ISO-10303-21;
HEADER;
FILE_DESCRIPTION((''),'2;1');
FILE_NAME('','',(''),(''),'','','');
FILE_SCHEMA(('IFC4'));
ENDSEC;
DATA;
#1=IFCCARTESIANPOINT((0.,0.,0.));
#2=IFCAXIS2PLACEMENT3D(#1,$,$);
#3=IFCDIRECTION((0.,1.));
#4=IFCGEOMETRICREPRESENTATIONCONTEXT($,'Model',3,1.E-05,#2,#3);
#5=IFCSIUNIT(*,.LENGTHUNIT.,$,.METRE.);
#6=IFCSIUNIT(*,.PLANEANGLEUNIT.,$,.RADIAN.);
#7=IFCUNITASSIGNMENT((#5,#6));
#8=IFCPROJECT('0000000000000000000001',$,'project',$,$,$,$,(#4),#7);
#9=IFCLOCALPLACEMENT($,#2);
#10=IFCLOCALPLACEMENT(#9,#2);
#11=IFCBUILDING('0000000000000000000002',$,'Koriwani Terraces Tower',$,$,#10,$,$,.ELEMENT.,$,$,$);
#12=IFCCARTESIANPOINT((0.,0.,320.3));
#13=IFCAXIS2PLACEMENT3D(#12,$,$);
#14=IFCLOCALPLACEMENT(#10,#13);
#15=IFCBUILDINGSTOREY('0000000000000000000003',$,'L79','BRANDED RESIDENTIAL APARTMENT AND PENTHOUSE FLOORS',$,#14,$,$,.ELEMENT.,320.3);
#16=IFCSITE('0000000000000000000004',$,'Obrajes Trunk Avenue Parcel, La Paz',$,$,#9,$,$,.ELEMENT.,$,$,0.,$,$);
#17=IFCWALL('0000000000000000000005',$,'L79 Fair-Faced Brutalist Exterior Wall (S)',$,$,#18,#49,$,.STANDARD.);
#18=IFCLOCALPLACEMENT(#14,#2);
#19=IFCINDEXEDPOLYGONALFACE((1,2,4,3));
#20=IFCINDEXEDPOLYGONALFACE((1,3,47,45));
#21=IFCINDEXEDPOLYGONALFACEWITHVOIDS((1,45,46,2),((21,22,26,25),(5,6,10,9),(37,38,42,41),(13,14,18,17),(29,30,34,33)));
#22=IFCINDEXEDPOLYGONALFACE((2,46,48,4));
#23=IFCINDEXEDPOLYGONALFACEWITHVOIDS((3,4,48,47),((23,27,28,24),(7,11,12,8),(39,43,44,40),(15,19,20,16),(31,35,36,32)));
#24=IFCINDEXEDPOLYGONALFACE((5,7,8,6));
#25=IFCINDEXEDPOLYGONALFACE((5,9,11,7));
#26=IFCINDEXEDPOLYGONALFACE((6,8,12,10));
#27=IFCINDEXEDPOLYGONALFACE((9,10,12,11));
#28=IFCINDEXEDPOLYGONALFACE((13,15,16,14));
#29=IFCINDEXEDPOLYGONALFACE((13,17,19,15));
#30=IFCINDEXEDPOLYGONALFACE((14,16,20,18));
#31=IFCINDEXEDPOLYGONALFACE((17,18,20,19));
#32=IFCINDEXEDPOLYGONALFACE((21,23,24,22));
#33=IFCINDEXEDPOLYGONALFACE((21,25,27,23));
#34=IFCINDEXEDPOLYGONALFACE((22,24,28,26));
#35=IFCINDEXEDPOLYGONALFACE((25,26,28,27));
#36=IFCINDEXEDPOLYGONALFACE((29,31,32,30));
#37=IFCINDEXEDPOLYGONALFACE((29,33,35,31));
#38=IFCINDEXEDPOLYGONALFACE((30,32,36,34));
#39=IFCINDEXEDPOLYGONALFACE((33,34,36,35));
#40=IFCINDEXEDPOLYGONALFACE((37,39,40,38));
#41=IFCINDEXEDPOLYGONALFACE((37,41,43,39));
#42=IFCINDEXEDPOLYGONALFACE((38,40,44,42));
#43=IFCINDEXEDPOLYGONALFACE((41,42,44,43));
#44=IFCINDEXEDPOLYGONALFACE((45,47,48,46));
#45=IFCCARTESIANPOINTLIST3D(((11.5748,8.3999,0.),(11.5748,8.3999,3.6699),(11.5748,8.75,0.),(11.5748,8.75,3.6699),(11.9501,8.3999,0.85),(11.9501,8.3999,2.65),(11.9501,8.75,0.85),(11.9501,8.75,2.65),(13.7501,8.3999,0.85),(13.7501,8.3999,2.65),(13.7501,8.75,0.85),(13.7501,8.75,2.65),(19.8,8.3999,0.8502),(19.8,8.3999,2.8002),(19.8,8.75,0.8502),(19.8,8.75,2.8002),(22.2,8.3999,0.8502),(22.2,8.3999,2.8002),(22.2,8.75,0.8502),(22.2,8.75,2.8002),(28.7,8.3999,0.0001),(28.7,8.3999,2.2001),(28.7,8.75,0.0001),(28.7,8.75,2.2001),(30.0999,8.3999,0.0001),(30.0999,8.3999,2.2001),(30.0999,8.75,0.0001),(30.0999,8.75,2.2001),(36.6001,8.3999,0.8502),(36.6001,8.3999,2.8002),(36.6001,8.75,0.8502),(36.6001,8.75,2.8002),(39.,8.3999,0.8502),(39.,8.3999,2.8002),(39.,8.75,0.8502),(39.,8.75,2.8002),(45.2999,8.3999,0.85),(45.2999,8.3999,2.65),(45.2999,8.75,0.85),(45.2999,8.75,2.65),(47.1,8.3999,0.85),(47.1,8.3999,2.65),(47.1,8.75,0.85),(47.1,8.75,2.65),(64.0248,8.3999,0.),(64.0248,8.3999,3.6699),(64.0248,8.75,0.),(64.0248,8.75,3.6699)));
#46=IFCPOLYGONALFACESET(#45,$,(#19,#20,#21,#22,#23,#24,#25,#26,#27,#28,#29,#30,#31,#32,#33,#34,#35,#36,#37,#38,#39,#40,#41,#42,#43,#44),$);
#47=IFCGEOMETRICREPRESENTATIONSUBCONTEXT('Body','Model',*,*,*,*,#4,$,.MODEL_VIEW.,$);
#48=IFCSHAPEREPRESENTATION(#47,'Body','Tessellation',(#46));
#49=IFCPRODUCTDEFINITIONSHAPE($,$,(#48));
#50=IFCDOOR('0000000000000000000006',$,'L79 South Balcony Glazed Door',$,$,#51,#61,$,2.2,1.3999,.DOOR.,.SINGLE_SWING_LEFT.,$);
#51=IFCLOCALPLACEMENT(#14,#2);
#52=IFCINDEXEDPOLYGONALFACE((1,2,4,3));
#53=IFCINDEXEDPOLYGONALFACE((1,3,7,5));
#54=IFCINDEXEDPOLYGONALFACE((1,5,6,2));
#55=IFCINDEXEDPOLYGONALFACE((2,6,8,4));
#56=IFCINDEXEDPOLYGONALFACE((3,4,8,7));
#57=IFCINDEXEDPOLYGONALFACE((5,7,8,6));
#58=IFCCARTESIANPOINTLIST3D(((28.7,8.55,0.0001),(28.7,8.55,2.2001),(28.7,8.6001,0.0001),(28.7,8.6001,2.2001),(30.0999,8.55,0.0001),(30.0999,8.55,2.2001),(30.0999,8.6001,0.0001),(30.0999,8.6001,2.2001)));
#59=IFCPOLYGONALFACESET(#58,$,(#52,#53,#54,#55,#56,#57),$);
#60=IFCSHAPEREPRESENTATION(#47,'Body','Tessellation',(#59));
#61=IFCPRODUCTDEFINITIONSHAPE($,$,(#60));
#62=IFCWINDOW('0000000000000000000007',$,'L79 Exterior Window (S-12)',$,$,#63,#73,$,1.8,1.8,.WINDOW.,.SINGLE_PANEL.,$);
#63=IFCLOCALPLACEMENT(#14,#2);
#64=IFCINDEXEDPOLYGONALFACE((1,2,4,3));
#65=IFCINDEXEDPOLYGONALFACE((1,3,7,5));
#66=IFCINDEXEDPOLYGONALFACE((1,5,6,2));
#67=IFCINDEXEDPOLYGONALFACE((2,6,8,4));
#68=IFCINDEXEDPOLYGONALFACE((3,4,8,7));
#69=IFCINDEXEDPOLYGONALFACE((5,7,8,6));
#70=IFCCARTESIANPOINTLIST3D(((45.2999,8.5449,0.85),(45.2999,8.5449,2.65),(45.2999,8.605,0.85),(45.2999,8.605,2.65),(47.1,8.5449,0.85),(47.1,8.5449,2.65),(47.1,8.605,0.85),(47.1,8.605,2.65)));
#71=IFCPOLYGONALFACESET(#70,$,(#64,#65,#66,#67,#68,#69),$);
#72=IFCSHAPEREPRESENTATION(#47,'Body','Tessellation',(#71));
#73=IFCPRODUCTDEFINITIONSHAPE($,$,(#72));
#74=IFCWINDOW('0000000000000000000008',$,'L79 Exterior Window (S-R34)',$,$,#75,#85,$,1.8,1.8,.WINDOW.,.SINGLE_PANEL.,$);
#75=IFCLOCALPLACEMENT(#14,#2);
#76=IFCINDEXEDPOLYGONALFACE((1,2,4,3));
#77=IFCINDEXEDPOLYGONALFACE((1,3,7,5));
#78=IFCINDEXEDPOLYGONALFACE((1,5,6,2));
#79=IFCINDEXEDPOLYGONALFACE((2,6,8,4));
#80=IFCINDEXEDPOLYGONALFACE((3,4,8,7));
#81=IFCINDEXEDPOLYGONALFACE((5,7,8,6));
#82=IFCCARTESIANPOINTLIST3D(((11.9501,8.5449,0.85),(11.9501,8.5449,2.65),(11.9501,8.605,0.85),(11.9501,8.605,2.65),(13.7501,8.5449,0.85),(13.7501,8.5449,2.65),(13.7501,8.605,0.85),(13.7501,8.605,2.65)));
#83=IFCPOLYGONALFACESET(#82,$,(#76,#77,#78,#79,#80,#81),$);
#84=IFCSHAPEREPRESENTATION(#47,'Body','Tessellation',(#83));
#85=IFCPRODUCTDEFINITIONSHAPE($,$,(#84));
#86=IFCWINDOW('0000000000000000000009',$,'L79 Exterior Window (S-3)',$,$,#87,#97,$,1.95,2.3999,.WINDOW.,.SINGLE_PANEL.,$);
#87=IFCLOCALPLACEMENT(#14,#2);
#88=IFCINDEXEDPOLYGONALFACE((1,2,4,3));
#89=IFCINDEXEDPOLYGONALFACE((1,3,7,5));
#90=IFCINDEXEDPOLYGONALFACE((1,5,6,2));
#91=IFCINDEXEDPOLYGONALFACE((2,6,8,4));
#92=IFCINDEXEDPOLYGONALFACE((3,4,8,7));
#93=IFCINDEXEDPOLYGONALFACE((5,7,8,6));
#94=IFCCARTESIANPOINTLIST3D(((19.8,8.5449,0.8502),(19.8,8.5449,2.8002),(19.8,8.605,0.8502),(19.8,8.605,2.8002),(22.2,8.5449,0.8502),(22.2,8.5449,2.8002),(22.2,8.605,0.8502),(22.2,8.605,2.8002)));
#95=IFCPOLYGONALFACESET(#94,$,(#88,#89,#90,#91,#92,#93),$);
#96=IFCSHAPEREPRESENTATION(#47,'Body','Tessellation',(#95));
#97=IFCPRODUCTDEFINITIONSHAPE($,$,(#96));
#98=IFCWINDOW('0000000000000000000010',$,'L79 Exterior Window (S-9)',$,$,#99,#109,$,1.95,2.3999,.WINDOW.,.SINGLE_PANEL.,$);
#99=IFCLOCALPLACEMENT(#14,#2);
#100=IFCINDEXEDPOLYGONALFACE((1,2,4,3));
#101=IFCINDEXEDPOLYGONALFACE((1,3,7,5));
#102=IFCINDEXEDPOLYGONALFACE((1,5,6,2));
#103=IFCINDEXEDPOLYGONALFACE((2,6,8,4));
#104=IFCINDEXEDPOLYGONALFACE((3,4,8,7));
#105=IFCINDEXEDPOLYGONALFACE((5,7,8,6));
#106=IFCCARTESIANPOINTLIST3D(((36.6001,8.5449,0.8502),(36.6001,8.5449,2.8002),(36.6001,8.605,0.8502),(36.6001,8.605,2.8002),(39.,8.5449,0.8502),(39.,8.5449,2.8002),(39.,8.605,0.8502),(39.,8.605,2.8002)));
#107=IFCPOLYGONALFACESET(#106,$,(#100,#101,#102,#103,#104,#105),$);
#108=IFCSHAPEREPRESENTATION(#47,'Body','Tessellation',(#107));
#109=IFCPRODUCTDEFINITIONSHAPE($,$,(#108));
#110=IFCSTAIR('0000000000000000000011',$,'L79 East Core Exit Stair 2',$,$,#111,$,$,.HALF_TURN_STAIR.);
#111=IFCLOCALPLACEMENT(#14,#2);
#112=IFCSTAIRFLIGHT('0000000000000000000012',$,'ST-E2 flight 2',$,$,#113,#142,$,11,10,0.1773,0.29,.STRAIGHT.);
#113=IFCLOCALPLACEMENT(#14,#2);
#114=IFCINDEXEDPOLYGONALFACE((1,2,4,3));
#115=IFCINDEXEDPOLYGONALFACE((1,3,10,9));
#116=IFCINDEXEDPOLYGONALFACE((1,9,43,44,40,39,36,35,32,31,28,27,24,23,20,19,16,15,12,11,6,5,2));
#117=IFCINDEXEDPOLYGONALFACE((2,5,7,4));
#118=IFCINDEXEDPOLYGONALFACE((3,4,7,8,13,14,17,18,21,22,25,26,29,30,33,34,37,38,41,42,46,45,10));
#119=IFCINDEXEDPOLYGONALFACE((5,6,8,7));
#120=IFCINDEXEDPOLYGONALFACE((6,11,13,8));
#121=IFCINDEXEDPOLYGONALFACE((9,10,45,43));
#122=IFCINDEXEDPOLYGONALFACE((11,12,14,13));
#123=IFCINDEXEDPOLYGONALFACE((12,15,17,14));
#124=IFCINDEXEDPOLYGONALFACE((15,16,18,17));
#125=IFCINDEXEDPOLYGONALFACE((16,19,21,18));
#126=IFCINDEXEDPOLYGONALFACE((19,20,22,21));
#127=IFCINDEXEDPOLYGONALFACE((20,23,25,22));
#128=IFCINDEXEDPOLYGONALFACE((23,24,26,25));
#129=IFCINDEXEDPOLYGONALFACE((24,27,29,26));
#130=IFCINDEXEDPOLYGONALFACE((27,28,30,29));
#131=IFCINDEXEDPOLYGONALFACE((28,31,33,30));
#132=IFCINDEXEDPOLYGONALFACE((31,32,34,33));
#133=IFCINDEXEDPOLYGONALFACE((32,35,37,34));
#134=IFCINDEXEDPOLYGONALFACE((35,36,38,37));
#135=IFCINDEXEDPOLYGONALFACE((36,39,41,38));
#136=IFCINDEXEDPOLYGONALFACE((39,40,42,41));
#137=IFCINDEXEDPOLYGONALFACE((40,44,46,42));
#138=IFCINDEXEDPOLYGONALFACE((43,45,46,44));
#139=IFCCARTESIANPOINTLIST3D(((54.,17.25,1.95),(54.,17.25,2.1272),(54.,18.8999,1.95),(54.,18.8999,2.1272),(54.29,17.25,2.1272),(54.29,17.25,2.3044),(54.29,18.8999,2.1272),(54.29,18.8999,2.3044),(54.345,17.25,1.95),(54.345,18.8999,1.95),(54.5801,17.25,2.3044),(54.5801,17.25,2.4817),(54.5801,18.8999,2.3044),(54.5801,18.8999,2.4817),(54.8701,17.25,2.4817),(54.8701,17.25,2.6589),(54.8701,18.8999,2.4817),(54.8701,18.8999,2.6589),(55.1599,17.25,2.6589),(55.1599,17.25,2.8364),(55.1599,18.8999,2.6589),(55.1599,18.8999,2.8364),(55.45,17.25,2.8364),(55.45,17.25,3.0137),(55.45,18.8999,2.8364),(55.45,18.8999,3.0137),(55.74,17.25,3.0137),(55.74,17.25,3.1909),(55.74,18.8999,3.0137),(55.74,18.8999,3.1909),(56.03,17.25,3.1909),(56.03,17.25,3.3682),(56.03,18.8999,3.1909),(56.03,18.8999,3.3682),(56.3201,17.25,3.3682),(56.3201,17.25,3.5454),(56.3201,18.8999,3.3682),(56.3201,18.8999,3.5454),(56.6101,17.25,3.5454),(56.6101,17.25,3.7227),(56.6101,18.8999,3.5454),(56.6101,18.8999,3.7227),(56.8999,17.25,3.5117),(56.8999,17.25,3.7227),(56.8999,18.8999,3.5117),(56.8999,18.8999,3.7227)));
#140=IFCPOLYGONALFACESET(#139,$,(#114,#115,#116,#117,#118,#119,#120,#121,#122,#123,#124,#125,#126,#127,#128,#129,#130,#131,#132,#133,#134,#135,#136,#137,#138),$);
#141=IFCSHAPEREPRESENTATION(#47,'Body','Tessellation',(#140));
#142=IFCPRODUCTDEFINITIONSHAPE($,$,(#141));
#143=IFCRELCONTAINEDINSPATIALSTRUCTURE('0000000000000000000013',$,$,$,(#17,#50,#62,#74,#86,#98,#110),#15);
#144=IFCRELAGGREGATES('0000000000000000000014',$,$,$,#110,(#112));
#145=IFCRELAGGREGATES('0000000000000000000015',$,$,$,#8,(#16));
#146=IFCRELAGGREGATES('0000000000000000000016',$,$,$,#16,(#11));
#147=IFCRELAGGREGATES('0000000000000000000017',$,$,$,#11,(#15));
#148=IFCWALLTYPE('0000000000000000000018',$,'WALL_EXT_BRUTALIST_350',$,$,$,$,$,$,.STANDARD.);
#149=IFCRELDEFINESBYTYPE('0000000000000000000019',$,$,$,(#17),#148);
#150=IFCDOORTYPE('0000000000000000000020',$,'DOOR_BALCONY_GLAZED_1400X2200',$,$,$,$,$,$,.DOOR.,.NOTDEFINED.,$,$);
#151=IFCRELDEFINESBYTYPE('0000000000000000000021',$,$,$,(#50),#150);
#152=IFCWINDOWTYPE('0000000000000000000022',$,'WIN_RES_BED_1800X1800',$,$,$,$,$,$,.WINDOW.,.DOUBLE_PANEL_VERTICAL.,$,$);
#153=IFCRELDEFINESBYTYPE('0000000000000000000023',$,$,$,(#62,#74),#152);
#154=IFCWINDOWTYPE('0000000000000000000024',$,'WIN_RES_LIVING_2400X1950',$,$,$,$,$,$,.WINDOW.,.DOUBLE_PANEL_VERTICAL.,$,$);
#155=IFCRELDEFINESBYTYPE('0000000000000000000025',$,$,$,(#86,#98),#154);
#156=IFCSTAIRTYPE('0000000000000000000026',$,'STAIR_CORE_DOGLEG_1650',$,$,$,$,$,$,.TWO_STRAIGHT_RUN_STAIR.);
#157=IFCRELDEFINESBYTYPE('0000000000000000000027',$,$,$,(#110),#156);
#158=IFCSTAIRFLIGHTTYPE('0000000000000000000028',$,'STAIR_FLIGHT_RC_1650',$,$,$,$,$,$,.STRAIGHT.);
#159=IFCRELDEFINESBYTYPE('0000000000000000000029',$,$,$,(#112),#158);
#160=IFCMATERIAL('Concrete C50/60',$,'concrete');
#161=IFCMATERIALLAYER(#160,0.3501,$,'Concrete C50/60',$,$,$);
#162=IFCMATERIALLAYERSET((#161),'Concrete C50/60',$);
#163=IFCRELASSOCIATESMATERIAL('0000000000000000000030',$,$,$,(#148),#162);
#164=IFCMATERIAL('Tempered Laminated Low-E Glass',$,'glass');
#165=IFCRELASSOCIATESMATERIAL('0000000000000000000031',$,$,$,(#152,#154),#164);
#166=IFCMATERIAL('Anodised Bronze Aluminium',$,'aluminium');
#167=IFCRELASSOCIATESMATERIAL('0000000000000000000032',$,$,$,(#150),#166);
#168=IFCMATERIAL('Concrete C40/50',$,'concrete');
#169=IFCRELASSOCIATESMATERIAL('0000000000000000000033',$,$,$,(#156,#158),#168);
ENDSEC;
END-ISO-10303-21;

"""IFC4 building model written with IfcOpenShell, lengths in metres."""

from ifc_helpers import new_model, si_unit, direction, frame, frame_2d, origin, place, context, subcontext, project, spatial, polyline, rectangle, outline, extrude, material, layer, layer_set, type_object, element, fill, aggregate, save


model = new_model("IFC4")

# Units and contexts
model_context = context("Model", 3, precision=1e-05, world=origin(), true_north=direction((0.0, 1.0)))
body_context = subcontext(model_context, "Body", "Model", "MODEL_VIEW")
ifc_project = project(units=[si_unit("LENGTHUNIT", "METRE"), si_unit("PLANEANGLEUNIT", "RADIAN")], contexts=[model_context])

# Site, building, storey
site_placement = place(None, origin())
site = spatial("IfcSite", under=ifc_project, at=site_placement, Name="Obrajes Trunk Avenue Parcel, La Paz", CompositionType="ELEMENT", RefElevation=0.0)
building_placement = place(site_placement, origin())
building = spatial("IfcBuilding", under=site, at=building_placement, Name="Koriwani Terraces Tower", CompositionType="ELEMENT")
storey_placement = place(building_placement, frame((0.0, 0.0, 320.3)))
storey = spatial("IfcBuildingStorey", under=building, at=storey_placement, Name="L79", Description="BRANDED RESIDENTIAL APARTMENT AND PENTHOUSE FLOORS", CompositionType="ELEMENT", Elevation=320.3)

# Shared definitions
ifc_material_1 = material(Name="Concrete C50/60", Category="concrete")

# Shared definitions
ifc_material_2 = material(Name="Concrete C40/50", Category="concrete")

# Shared definitions
ifc_layer_1 = layer(ifc_material_1, 0.3501, Name="Concrete C50/60")
ifc_layer_set_1 = layer_set([ifc_layer_1], Name="Concrete C50/60")
wall_type_1 = type_object("IfcWallType", Name="WALL_EXT_BRUTALIST_350", PredefinedType="STANDARD", material=ifc_layer_set_1)
ifc_material_3 = material(Name="Tempered Laminated Low-E Glass", Category="glass")
window_type_1 = type_object("IfcWindowType", Name="WIN_RES_BED_1800X1800", PartitioningType="DOUBLE_PANEL_VERTICAL", PredefinedType="WINDOW", material=ifc_material_3)

# Wall, openings, door, windows
wall_1_placement = place(storey_placement, frame((64.0249, 8.575, 0.0), z_axis=(0.0, 0.0, 1.0), x_axis=(-1.0, 0.0, 0.0)))
wall_1 = element("IfcWall", 1, at=wall_1_placement, inside=storey, type_object=wall_type_1, Name="L79 Fair-Faced Brutalist Exterior Wall (S)", PredefinedType="STANDARD", context=body_context, shape_type="SweptSolid", body=[
    extrude(rectangle(XDim=52.45, YDim=0.3501, at=frame_2d((26.2251, 0.0))), origin(), (0.0, 0.0, 1.0), 3.6699),
])
opening_1_placement = place(wall_1_placement, frame((33.925, 0.0, 0.0)))
opening_1 = element("IfcOpeningElement", 2, at=opening_1_placement, cuts=wall_1, PredefinedType="OPENING", context=body_context, shape_type="SweptSolid", body=[
    extrude(rectangle(XDim=1.3999, YDim=2.2, at=frame_2d((0.7, 1.1001))), frame((0.0, 0.1851, 0.0), z_axis=(0.0, -1.0, 0.0), x_axis=(1.0, 0.0, 0.0)), (0.0, 0.0, 1.0), 0.3701),
])
opening_2_placement = place(wall_1_placement, frame((41.825, 0.0, 0.8501)))
opening_2 = element("IfcOpeningElement", 3, at=opening_2_placement, cuts=wall_1, PredefinedType="OPENING", context=body_context, shape_type="SweptSolid", body=[
    extrude(rectangle(XDim=2.3999, YDim=1.95, at=frame_2d((1.2, 0.9751))), frame((0.0, 0.1851, 0.0), z_axis=(0.0, -1.0, 0.0), x_axis=(1.0, 0.0, 0.0)), (0.0, 0.0, 1.0), 0.3701),
])
opening_3_placement = place(wall_1_placement, frame((25.0249, 0.0, 0.8501)))
opening_3 = element("IfcOpeningElement", 4, at=opening_3_placement, cuts=wall_1, PredefinedType="OPENING", context=body_context, shape_type="SweptSolid", body=[
    extrude(rectangle(XDim=2.3999, YDim=1.95, at=frame_2d((1.2, 0.9751))), frame((0.0, 0.1851, 0.0), z_axis=(0.0, -1.0, 0.0), x_axis=(1.0, 0.0, 0.0)), (0.0, 0.0, 1.0), 0.3701),
])
opening_4_placement = place(wall_1_placement, frame((16.925, 0.0, 0.8501)))
opening_4 = element("IfcOpeningElement", 5, at=opening_4_placement, cuts=wall_1, PredefinedType="OPENING", context=body_context, shape_type="SweptSolid", body=[
    extrude(rectangle(XDim=1.8, YDim=1.8, at=frame_2d((0.8999, 0.8999))), frame((0.0, 0.1851, 0.0), z_axis=(0.0, -1.0, 0.0), x_axis=(1.0, 0.0, 0.0)), (0.0, 0.0, 1.0), 0.3701),
])
opening_5_placement = place(wall_1_placement, frame((50.2749, 0.0, 0.8501)))
opening_5 = element("IfcOpeningElement", 6, at=opening_5_placement, cuts=wall_1, PredefinedType="OPENING", context=body_context, shape_type="SweptSolid", body=[
    extrude(rectangle(XDim=1.8, YDim=1.8, at=frame_2d((0.8999, 0.8999))), frame((0.0, 0.1851, 0.0), z_axis=(0.0, -1.0, 0.0), x_axis=(1.0, 0.0, 0.0)), (0.0, 0.0, 1.0), 0.3701),
])
ifc_material_4 = material(Name="Anodised Bronze Aluminium", Category="aluminium")
door_type_1 = type_object("IfcDoorType", Name="DOOR_BALCONY_GLAZED_1400X2200", OperationType="NOTDEFINED", PredefinedType="DOOR", material=ifc_material_4)
door_1_placement = place(opening_1_placement, origin())
door_1 = element("IfcDoor", 7, at=door_1_placement, inside=storey, type_object=door_type_1, Name="L79 South Balcony Glazed Door", OperationType="SINGLE_SWING_LEFT", OverallHeight=2.2, OverallWidth=1.3999, PredefinedType="DOOR", context=body_context, shape_type="SweptSolid", body=[
    extrude(rectangle(XDim=1.3999, YDim=2.2, at=frame_2d((0.7, 1.1001))), frame((0.0, 0.0249, 0.0), z_axis=(0.0, -1.0, 0.0), x_axis=(1.0, 0.0, 0.0)), (0.0, 0.0, 1.0), 0.05),
])
fill(opening_1, door_1)
window_1_placement = place(opening_4_placement, origin())
window_1 = element("IfcWindow", 8, at=window_1_placement, inside=storey, type_object=window_type_1, Name="L79 Exterior Window (S-12)", OverallHeight=1.8, OverallWidth=1.8, PartitioningType="SINGLE_PANEL", PredefinedType="WINDOW", context=body_context, shape_type="SweptSolid", body=[
    extrude(rectangle(XDim=1.8, YDim=1.8, at=frame_2d((0.8999, 0.8999))), frame((0.0, 0.03, 0.0), z_axis=(0.0, -1.0, 0.0), x_axis=(1.0, 0.0, 0.0)), (0.0, 0.0, 1.0), 0.0601),
])
fill(opening_4, window_1)
window_2_placement = place(opening_5_placement, origin())
window_2 = element("IfcWindow", 9, at=window_2_placement, inside=storey, type_object=window_type_1, Name="L79 Exterior Window (S-R34)", OverallHeight=1.8, OverallWidth=1.8, PartitioningType="SINGLE_PANEL", PredefinedType="WINDOW", context=body_context, shape_type="SweptSolid", body=[
    extrude(rectangle(XDim=1.8, YDim=1.8, at=frame_2d((0.8999, 0.8999))), frame((0.0, 0.03, 0.0), z_axis=(0.0, -1.0, 0.0), x_axis=(1.0, 0.0, 0.0)), (0.0, 0.0, 1.0), 0.0601),
])
fill(opening_5, window_2)
window_type_2 = type_object("IfcWindowType", Name="WIN_RES_LIVING_2400X1950", PartitioningType="DOUBLE_PANEL_VERTICAL", PredefinedType="WINDOW", material=ifc_material_3)
window_3_placement = place(opening_2_placement, origin())
window_3 = element("IfcWindow", 10, at=window_3_placement, inside=storey, type_object=window_type_2, Name="L79 Exterior Window (S-3)", OverallHeight=1.95, OverallWidth=2.3999, PartitioningType="SINGLE_PANEL", PredefinedType="WINDOW", context=body_context, shape_type="SweptSolid", body=[
    extrude(rectangle(XDim=2.3999, YDim=1.95, at=frame_2d((1.2, 0.9751))), frame((0.0, 0.03, 0.0), z_axis=(0.0, -1.0, 0.0), x_axis=(1.0, 0.0, 0.0)), (0.0, 0.0, 1.0), 0.0601),
])
fill(opening_2, window_3)
window_4_placement = place(opening_3_placement, origin())
window_4 = element("IfcWindow", 11, at=window_4_placement, inside=storey, type_object=window_type_2, Name="L79 Exterior Window (S-9)", OverallHeight=1.95, OverallWidth=2.3999, PartitioningType="SINGLE_PANEL", PredefinedType="WINDOW", context=body_context, shape_type="SweptSolid", body=[
    extrude(rectangle(XDim=2.3999, YDim=1.95, at=frame_2d((1.2, 0.9751))), frame((0.0, 0.03, 0.0), z_axis=(0.0, -1.0, 0.0), x_axis=(1.0, 0.0, 0.0)), (0.0, 0.0, 1.0), 0.0601),
])
fill(opening_3, window_4)

# Stair, stair flight
stair_type = type_object("IfcStairType", Name="STAIR_CORE_DOGLEG_1650", PredefinedType="TWO_STRAIGHT_RUN_STAIR", material=ifc_material_2)
stair_placement = place(storey_placement, origin())
stair = element("IfcStair", 12, at=stair_placement, inside=storey, type_object=stair_type, Name="L79 East Core Exit Stair 2", PredefinedType="HALF_TURN_STAIR")
stair_flight_type = type_object("IfcStairFlightType", Name="STAIR_FLIGHT_RC_1650", PredefinedType="STRAIGHT", material=ifc_material_2)
stair_flight_placement = place(storey_placement, frame((54.0, 18.075, 1.95), z_axis=(0.0, 0.0, 1.0), x_axis=(1.0, 0.0, 0.0)))
stair_flight = element("IfcStairFlight", 13, at=stair_flight_placement, type_object=stair_flight_type, Name="ST-E2 flight 2", NumberOfRisers=11, NumberOfTreads=10, PredefinedType="STRAIGHT", RiserHeight=0.1773, TreadLength=0.29, context=body_context, shape_type="SweptSolid", body=[
    extrude(outline(polyline([(0.0, 0.0), (0.0, 0.1772), (0.29, 0.1772), (0.29, 0.3545), (0.5801, 0.3545), (0.5801, 0.5317), (0.8701, 0.5317), (0.8701, 0.709), (1.1599, 0.709), (1.1599, 0.8865), (1.45, 0.8865), (1.45, 1.0637), (1.74, 1.0637), (1.74, 1.241), (2.03, 1.241), (2.03, 1.4182), (2.3201, 1.4182), (2.3201, 1.5955), (2.6101, 1.5955), (2.6101, 1.7727), (2.8999, 1.7727), (2.8999, 1.95), (2.8999, 1.5618), (0.345, 0.0), (0.0, 0.0)])), frame((0.0, 0.825, 0.0), z_axis=(0.0, -1.0, 0.0), x_axis=(1.0, 0.0, 0.0)), (0.0, 0.0, 1.0), 1.6499),
])
aggregate(stair, [stair_flight])

save(model, "model.ifc")
